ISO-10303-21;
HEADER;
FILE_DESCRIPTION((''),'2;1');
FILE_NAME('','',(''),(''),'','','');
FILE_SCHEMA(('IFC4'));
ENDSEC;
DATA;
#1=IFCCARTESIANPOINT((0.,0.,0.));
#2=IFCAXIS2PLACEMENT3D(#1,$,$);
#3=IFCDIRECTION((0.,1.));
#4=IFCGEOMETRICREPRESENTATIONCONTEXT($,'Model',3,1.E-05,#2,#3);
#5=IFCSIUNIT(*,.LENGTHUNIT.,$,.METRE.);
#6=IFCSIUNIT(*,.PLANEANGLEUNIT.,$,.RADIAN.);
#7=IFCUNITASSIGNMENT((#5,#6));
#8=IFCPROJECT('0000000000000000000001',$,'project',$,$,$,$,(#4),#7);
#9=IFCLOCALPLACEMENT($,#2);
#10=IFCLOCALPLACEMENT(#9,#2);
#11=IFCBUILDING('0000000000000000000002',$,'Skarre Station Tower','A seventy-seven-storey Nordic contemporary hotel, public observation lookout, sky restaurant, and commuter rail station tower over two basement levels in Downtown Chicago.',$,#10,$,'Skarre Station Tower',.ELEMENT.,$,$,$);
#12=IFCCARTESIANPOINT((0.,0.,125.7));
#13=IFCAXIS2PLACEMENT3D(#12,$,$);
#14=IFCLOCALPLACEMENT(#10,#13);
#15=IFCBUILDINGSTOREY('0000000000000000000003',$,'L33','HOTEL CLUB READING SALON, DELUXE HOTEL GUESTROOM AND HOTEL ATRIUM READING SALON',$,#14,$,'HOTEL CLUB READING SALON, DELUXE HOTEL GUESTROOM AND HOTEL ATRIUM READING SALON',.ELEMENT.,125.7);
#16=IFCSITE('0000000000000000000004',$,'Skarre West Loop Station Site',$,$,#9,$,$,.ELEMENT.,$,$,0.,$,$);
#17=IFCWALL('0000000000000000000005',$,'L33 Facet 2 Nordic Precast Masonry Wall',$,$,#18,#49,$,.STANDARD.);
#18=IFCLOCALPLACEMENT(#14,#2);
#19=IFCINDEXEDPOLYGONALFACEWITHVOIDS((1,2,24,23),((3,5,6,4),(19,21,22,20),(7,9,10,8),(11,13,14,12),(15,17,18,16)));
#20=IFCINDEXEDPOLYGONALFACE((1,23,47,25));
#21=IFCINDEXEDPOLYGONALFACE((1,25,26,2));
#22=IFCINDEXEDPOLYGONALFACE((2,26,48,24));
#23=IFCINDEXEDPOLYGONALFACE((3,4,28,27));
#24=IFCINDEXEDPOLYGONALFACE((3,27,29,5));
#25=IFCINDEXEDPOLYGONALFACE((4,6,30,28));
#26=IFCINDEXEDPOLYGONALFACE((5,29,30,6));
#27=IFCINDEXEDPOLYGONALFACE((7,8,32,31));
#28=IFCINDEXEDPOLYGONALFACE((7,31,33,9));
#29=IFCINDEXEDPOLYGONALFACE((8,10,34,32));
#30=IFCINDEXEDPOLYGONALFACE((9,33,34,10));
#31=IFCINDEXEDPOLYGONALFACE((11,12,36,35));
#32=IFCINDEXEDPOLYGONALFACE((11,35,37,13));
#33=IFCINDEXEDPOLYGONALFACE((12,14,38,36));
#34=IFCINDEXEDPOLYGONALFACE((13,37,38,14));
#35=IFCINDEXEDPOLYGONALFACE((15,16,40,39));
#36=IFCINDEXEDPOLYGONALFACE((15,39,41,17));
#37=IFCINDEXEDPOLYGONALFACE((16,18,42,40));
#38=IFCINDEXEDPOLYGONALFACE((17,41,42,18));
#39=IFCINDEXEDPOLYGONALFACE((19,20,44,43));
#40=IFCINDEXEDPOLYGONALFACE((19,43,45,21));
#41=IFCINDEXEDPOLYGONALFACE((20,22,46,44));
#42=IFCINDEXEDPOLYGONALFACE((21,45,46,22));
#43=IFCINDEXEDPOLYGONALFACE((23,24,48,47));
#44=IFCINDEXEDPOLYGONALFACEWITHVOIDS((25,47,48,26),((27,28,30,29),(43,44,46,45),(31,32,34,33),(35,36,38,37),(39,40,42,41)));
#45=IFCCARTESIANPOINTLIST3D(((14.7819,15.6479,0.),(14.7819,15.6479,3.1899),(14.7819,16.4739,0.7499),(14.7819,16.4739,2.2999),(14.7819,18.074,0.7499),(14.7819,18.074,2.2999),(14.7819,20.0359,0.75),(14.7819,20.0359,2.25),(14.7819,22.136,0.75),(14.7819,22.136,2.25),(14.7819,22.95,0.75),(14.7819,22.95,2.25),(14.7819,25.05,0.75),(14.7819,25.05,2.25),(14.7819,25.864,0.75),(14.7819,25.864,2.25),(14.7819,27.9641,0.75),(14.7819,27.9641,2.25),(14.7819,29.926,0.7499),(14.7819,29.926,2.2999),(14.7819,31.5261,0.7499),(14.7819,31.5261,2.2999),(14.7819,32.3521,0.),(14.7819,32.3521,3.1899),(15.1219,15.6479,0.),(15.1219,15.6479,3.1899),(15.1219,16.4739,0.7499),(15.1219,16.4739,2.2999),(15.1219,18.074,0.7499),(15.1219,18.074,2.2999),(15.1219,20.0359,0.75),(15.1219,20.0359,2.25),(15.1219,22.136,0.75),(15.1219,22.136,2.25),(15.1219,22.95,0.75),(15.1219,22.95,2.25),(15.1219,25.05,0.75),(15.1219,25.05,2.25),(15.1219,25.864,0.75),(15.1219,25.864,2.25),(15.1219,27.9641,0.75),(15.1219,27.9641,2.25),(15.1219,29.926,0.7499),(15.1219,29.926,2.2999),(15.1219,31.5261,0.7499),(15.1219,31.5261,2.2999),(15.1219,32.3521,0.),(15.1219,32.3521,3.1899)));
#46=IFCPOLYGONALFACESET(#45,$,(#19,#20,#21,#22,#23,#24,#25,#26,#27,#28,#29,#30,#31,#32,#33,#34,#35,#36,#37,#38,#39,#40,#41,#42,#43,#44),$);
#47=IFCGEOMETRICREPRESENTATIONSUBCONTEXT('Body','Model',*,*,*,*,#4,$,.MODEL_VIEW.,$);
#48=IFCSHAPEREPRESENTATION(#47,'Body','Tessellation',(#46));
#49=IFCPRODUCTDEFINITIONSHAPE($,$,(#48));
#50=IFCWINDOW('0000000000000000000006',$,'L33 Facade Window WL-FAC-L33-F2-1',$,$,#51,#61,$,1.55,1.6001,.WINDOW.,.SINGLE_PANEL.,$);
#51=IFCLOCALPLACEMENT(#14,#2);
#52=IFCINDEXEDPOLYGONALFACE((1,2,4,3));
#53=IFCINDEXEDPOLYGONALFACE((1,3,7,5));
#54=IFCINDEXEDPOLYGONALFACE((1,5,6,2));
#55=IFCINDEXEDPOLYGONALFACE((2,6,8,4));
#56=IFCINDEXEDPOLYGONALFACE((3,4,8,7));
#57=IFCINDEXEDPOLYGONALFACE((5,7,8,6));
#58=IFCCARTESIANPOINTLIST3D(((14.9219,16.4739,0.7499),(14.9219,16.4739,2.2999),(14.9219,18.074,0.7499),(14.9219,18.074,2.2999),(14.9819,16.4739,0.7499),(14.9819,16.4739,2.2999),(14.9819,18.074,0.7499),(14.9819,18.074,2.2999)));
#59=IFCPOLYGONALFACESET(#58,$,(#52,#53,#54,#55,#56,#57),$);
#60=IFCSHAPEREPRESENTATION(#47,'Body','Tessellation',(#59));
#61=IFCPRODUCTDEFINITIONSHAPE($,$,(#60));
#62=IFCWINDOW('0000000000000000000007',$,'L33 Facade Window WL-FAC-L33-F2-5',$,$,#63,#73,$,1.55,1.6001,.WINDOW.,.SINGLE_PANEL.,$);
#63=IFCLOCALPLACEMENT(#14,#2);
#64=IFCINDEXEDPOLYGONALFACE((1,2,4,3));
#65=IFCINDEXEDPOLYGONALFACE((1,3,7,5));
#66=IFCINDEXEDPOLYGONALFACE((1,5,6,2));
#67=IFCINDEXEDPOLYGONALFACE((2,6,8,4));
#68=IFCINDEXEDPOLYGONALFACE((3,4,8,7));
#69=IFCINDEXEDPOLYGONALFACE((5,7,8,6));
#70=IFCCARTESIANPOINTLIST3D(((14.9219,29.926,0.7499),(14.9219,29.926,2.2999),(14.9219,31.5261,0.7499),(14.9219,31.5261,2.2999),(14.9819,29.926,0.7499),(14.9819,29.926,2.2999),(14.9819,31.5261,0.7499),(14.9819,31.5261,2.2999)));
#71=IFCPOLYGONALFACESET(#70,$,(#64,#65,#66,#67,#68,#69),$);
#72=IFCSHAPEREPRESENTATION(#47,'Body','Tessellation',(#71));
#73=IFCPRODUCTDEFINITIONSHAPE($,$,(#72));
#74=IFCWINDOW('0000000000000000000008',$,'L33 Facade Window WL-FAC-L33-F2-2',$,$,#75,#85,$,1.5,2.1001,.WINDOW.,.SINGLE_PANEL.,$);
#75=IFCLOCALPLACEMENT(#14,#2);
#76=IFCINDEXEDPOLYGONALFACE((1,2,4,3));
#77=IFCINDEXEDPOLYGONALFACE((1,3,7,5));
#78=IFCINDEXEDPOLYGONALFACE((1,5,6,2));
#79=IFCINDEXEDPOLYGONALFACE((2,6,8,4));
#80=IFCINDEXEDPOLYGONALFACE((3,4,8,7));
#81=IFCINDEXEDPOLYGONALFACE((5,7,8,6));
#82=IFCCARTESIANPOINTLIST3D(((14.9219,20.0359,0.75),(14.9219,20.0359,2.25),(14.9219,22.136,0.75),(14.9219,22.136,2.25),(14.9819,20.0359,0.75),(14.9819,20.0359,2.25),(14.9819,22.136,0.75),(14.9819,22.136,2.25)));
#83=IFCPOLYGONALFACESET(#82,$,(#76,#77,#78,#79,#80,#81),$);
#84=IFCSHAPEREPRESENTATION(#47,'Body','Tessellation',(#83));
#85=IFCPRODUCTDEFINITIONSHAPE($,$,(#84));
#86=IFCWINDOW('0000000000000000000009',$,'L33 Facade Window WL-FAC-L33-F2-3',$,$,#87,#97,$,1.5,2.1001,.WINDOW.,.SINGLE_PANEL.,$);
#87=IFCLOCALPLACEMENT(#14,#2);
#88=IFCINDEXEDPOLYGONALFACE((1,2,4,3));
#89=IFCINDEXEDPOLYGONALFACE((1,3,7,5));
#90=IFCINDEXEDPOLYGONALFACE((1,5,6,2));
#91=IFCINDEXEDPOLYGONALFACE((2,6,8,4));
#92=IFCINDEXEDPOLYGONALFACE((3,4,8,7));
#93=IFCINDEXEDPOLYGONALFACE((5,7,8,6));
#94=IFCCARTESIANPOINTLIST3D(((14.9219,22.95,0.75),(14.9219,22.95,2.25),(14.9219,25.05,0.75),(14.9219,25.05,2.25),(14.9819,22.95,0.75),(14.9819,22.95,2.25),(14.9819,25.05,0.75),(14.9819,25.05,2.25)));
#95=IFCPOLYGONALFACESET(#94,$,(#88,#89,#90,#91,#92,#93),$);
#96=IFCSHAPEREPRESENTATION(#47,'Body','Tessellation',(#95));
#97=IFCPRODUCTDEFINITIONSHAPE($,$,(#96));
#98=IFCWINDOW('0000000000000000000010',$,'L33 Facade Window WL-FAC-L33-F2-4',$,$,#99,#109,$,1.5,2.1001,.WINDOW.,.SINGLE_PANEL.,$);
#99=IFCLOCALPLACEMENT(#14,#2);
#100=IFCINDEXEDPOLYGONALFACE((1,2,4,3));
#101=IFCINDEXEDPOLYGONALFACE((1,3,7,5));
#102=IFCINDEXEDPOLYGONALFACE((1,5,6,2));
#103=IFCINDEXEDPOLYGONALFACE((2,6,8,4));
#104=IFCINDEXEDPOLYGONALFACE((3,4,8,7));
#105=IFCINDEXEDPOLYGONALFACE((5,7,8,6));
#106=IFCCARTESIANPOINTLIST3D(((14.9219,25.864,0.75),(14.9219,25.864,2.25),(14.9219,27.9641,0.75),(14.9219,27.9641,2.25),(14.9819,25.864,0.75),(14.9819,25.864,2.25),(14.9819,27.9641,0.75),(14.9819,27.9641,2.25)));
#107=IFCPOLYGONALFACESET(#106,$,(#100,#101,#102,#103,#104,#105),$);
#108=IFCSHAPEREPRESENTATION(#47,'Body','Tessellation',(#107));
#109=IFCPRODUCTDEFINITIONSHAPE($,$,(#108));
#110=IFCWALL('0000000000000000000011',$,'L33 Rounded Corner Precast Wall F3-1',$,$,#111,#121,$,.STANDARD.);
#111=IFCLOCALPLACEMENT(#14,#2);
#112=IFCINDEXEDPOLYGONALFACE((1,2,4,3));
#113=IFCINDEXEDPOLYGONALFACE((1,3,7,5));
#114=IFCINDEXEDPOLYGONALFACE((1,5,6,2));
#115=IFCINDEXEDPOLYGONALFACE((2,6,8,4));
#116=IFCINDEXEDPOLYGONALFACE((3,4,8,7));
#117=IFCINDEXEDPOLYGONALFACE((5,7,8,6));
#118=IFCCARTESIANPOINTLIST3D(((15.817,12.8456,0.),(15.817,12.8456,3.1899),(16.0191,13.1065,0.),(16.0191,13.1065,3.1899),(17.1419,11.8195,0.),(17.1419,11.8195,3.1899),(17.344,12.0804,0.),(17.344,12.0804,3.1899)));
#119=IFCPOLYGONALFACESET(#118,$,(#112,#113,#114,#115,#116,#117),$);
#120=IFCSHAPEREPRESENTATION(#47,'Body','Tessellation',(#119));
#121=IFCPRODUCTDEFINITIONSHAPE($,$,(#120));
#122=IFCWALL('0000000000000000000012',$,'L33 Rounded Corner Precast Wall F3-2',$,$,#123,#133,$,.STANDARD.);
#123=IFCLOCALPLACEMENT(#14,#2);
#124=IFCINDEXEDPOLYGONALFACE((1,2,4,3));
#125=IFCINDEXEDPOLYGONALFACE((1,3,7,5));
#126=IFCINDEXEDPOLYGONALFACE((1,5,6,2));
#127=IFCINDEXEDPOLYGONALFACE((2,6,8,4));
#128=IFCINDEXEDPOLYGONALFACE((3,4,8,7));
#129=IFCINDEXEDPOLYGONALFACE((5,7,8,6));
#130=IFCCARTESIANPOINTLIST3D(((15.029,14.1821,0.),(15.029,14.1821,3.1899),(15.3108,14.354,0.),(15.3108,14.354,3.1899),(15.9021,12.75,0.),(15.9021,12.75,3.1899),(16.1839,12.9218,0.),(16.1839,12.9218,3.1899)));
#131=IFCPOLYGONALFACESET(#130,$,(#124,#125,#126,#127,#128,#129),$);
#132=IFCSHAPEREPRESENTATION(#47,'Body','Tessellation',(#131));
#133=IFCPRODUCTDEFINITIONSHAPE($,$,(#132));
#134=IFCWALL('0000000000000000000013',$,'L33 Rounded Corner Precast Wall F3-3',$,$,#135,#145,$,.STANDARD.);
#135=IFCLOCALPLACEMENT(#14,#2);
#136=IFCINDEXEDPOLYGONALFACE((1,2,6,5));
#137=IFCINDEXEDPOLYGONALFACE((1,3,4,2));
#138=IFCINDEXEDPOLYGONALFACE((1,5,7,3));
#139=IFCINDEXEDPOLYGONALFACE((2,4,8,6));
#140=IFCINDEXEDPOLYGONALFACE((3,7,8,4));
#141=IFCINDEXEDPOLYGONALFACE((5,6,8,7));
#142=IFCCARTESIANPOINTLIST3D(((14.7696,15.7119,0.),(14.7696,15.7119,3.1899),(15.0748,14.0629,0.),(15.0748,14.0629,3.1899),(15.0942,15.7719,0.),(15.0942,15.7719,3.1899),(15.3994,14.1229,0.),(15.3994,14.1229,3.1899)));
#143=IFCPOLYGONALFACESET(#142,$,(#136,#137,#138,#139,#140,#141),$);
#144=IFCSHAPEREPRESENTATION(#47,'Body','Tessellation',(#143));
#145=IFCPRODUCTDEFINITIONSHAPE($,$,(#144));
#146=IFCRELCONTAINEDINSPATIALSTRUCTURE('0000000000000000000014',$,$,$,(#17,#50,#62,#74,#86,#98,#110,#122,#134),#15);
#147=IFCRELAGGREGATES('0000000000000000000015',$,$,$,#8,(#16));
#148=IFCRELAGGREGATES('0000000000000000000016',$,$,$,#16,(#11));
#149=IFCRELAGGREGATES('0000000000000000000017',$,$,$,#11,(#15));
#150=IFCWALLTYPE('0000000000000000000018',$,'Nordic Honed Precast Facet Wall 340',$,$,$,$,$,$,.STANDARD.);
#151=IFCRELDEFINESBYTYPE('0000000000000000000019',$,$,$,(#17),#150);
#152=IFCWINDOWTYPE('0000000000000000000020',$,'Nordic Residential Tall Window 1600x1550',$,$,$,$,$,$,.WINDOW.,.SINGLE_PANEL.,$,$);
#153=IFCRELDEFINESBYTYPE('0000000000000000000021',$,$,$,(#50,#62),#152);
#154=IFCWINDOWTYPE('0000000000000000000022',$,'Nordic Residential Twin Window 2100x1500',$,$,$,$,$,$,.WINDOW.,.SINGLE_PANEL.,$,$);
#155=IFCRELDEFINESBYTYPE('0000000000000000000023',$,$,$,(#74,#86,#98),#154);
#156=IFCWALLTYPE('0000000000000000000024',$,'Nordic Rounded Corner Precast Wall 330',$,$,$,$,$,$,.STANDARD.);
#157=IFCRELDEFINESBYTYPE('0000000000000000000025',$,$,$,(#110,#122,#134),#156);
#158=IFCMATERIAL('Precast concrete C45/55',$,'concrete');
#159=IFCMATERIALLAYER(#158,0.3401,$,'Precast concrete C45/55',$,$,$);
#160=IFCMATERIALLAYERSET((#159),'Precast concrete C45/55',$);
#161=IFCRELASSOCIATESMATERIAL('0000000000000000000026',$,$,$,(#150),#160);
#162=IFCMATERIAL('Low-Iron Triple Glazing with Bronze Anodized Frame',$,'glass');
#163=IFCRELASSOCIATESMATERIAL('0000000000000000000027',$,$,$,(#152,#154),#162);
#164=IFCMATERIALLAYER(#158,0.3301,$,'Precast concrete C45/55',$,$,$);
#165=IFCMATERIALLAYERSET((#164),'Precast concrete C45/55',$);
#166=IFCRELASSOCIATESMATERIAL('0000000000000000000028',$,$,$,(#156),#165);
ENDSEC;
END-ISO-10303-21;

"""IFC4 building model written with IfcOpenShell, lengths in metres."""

from ifc_helpers import new_model, si_unit, direction, frame, frame_2d, origin, place, context, subcontext, project, spatial, rectangle, extrude, material, layer, layer_set, type_object, element, fill, save


model = new_model("IFC4")

# Units and contexts
model_context = context("Model", 3, precision=1e-05, world=origin(), true_north=direction((0.0, 1.0)))
body_context = subcontext(model_context, "Body", "Model", "MODEL_VIEW")
ifc_project = project(units=[si_unit("LENGTHUNIT", "METRE"), si_unit("PLANEANGLEUNIT", "RADIAN")], contexts=[model_context])

# Site, building, storey
site_placement = place(None, origin())
site = spatial("IfcSite", under=ifc_project, at=site_placement, Name="Skarre West Loop Station Site", CompositionType="ELEMENT", RefElevation=0.0)
building_placement = place(site_placement, origin())
building = spatial("IfcBuilding", under=site, at=building_placement, Name="Skarre Station Tower", Description="A seventy-seven-storey Nordic contemporary hotel, public observation lookout, sky restaurant, and commuter rail station tower over two basement levels in Downtown Chicago.", LongName="Skarre Station Tower", CompositionType="ELEMENT")
storey_placement = place(building_placement, frame((0.0, 0.0, 125.7)))
storey = spatial("IfcBuildingStorey", under=building, at=storey_placement, Name="L33", Description="HOTEL CLUB READING SALON, DELUXE HOTEL GUESTROOM AND HOTEL ATRIUM READING SALON", LongName="HOTEL CLUB READING SALON, DELUXE HOTEL GUESTROOM AND HOTEL ATRIUM READING SALON", CompositionType="ELEMENT", Elevation=125.7)

# Wall, openings, windows
ifc_material_1 = material(Name="Precast concrete C45/55", Category="concrete")
ifc_layer_1 = layer(ifc_material_1, 0.3401, Name="Precast concrete C45/55")
ifc_layer_set_1 = layer_set([ifc_layer_1], Name="Precast concrete C45/55")
wall_type_1 = type_object("IfcWallType", Name="Nordic Honed Precast Facet Wall 340", PredefinedType="STANDARD", material=ifc_layer_set_1)
wall_1_placement = place(storey_placement, frame((14.9519, 15.6479, 0.0), z_axis=(0.0, 0.0, 1.0), x_axis=(0.0, 1.0, 0.0)))
wall_1 = element("IfcWall", 1, at=wall_1_placement, inside=storey, type_object=wall_type_1, Name="L33 Facet 2 Nordic Precast Masonry Wall", PredefinedType="STANDARD", context=body_context, shape_type="SweptSolid", body=[
    extrude(rectangle(XDim=16.7041, YDim=0.3401, at=frame_2d((8.3521, 0.0))), origin(), (0.0, 0.0, 1.0), 3.1899),
])
opening_1_placement = place(wall_1_placement, frame((0.8259, 0.0, 0.75)))
opening_1 = element("IfcOpeningElement", 2, at=opening_1_placement, cuts=wall_1, PredefinedType="OPENING", context=body_context, shape_type="SweptSolid", body=[
    extrude(rectangle(XDim=1.6001, YDim=1.55, at=frame_2d((0.8, 0.7749))), frame((0.0, 0.1799, 0.0), z_axis=(0.0, -1.0, 0.0), x_axis=(1.0, 0.0, 0.0)), (0.0, 0.0, 1.0), 0.3601),
])
opening_2_placement = place(wall_1_placement, frame((4.3879, 0.0, 0.75)))
opening_2 = element("IfcOpeningElement", 3, at=opening_2_placement, cuts=wall_1, PredefinedType="OPENING", context=body_context, shape_type="SweptSolid", body=[
    extrude(rectangle(XDim=2.1001, YDim=1.5, at=frame_2d((1.05, 0.75))), frame((0.0, 0.1799, 0.0), z_axis=(0.0, -1.0, 0.0), x_axis=(1.0, 0.0, 0.0)), (0.0, 0.0, 1.0), 0.3601),
])
opening_3_placement = place(wall_1_placement, frame((7.302, 0.0, 0.75)))
opening_3 = element("IfcOpeningElement", 4, at=opening_3_placement, cuts=wall_1, PredefinedType="OPENING", context=body_context, shape_type="SweptSolid", body=[
    extrude(rectangle(XDim=2.1001, YDim=1.5, at=frame_2d((1.05, 0.75))), frame((0.0, 0.1799, 0.0), z_axis=(0.0, -1.0, 0.0), x_axis=(1.0, 0.0, 0.0)), (0.0, 0.0, 1.0), 0.3601),
])
opening_4_placement = place(wall_1_placement, frame((10.2161, 0.0, 0.75)))
opening_4 = element("IfcOpeningElement", 5, at=opening_4_placement, cuts=wall_1, PredefinedType="OPENING", context=body_context, shape_type="SweptSolid", body=[
    extrude(rectangle(XDim=2.1001, YDim=1.5, at=frame_2d((1.05, 0.75))), frame((0.0, 0.1799, 0.0), z_axis=(0.0, -1.0, 0.0), x_axis=(1.0, 0.0, 0.0)), (0.0, 0.0, 1.0), 0.3601),
])
opening_5_placement = place(wall_1_placement, frame((14.2781, 0.0, 0.75)))
opening_5 = element("IfcOpeningElement", 6, at=opening_5_placement, cuts=wall_1, PredefinedType="OPENING", context=body_context, shape_type="SweptSolid", body=[
    extrude(rectangle(XDim=1.6001, YDim=1.55, at=frame_2d((0.8, 0.7749))), frame((0.0, 0.1799, 0.0), z_axis=(0.0, -1.0, 0.0), x_axis=(1.0, 0.0, 0.0)), (0.0, 0.0, 1.0), 0.3601),
])
ifc_material_2 = material(Name="Low-Iron Triple Glazing with Bronze Anodized Frame", Category="glass")
window_type_1 = type_object("IfcWindowType", Name="Nordic Residential Tall Window 1600x1550", PartitioningType="SINGLE_PANEL", PredefinedType="WINDOW", material=ifc_material_2)
window_1_placement = place(opening_1_placement, origin())
window_1 = element("IfcWindow", 7, at=window_1_placement, inside=storey, type_object=window_type_1, Name="L33 Facade Window WL-FAC-L33-F2-1", OverallHeight=1.55, OverallWidth=1.6001, PartitioningType="SINGLE_PANEL", PredefinedType="WINDOW", context=body_context, shape_type="SweptSolid", body=[
    extrude(rectangle(XDim=1.6001, YDim=1.55, at=frame_2d((0.8, 0.7749))), frame((0.0, 0.03, 0.0), z_axis=(0.0, -1.0, 0.0), x_axis=(1.0, 0.0, 0.0)), (0.0, 0.0, 1.0), 0.0601),
])
fill(opening_1, window_1)
window_2_placement = place(opening_5_placement, origin())
window_2 = element("IfcWindow", 8, at=window_2_placement, inside=storey, type_object=window_type_1, Name="L33 Facade Window WL-FAC-L33-F2-5", OverallHeight=1.55, OverallWidth=1.6001, PartitioningType="SINGLE_PANEL", PredefinedType="WINDOW", context=body_context, shape_type="SweptSolid", body=[
    extrude(rectangle(XDim=1.6001, YDim=1.55, at=frame_2d((0.8, 0.7749))), frame((0.0, 0.03, 0.0), z_axis=(0.0, -1.0, 0.0), x_axis=(1.0, 0.0, 0.0)), (0.0, 0.0, 1.0), 0.0601),
])
fill(opening_5, window_2)
window_type_2 = type_object("IfcWindowType", Name="Nordic Residential Twin Window 2100x1500", PartitioningType="SINGLE_PANEL", PredefinedType="WINDOW", material=ifc_material_2)
window_3_placement = place(opening_2_placement, origin())
window_3 = element("IfcWindow", 9, at=window_3_placement, inside=storey, type_object=window_type_2, Name="L33 Facade Window WL-FAC-L33-F2-2", OverallHeight=1.5, OverallWidth=2.1001, PartitioningType="SINGLE_PANEL", PredefinedType="WINDOW", context=body_context, shape_type="SweptSolid", body=[
    extrude(rectangle(XDim=2.1001, YDim=1.5, at=frame_2d((1.05, 0.75))), frame((0.0, 0.03, 0.0), z_axis=(0.0, -1.0, 0.0), x_axis=(1.0, 0.0, 0.0)), (0.0, 0.0, 1.0), 0.0601),
])
fill(opening_2, window_3)
window_4_placement = place(opening_3_placement, origin())
window_4 = element("IfcWindow", 10, at=window_4_placement, inside=storey, type_object=window_type_2, Name="L33 Facade Window WL-FAC-L33-F2-3", OverallHeight=1.5, OverallWidth=2.1001, PartitioningType="SINGLE_PANEL", PredefinedType="WINDOW", context=body_context, shape_type="SweptSolid", body=[
    extrude(rectangle(XDim=2.1001, YDim=1.5, at=frame_2d((1.05, 0.75))), frame((0.0, 0.03, 0.0), z_axis=(0.0, -1.0, 0.0), x_axis=(1.0, 0.0, 0.0)), (0.0, 0.0, 1.0), 0.0601),
])
fill(opening_3, window_4)
window_5_placement = place(opening_4_placement, origin())
window_5 = element("IfcWindow", 11, at=window_5_placement, inside=storey, type_object=window_type_2, Name="L33 Facade Window WL-FAC-L33-F2-4", OverallHeight=1.5, OverallWidth=2.1001, PartitioningType="SINGLE_PANEL", PredefinedType="WINDOW", context=body_context, shape_type="SweptSolid", body=[
    extrude(rectangle(XDim=2.1001, YDim=1.5, at=frame_2d((1.05, 0.75))), frame((0.0, 0.03, 0.0), z_axis=(0.0, -1.0, 0.0), x_axis=(1.0, 0.0, 0.0)), (0.0, 0.0, 1.0), 0.0601),
])
fill(opening_4, window_5)

# Walls
ifc_layer_2 = layer(ifc_material_1, 0.3301, Name="Precast concrete C45/55")
ifc_layer_set_2 = layer_set([ifc_layer_2], Name="Precast concrete C45/55")
wall_type_2 = type_object("IfcWallType", Name="Nordic Rounded Corner Precast Wall 330", PredefinedType="STANDARD", material=ifc_layer_set_2)
wall_2_placement = place(storey_placement, frame((17.2429, 11.95, 0.0), z_axis=(0.0, 0.0, 1.0), x_axis=(-0.790621, 0.612305, 0.0)))
element("IfcWall", 12, at=wall_2_placement, inside=storey, type_object=wall_type_2, Name="L33 Rounded Corner Precast Wall F3-1", PredefinedType="STANDARD", context=body_context, shape_type="SweptSolid", body=[
    extrude(rectangle(XDim=1.6758, YDim=0.3301, at=frame_2d((0.8379, 0.0))), origin(), (0.0, 0.0, 1.0), 3.1899),
])
wall_3_placement = place(storey_placement, frame((16.043, 12.8359, 0.0), z_axis=(0.0, 0.0, 1.0), x_axis=(-0.520519, 0.85385, 0.0)))
element("IfcWall", 13, at=wall_3_placement, inside=storey, type_object=wall_type_2, Name="L33 Rounded Corner Precast Wall F3-2", PredefinedType="STANDARD", context=body_context, shape_type="SweptSolid", body=[
    extrude(rectangle(XDim=1.6772, YDim=0.3301, at=frame_2d((0.8386, 0.0))), origin(), (0.0, 0.0, 1.0), 3.1899),
])
wall_4_placement = place(storey_placement, frame((15.2371, 14.093, 0.0), z_axis=(0.0, 0.0, 1.0), x_axis=(-0.181985, 0.983301, 0.0)))
element("IfcWall", 14, at=wall_4_placement, inside=storey, type_object=wall_type_2, Name="L33 Rounded Corner Precast Wall F3-3", PredefinedType="STANDARD", context=body_context, shape_type="SweptSolid", body=[
    extrude(rectangle(XDim=1.677, YDim=0.3301, at=frame_2d((0.8384, 0.0))), origin(), (0.0, 0.0, 1.0), 3.1899),
])

save(model, "model.ifc")
